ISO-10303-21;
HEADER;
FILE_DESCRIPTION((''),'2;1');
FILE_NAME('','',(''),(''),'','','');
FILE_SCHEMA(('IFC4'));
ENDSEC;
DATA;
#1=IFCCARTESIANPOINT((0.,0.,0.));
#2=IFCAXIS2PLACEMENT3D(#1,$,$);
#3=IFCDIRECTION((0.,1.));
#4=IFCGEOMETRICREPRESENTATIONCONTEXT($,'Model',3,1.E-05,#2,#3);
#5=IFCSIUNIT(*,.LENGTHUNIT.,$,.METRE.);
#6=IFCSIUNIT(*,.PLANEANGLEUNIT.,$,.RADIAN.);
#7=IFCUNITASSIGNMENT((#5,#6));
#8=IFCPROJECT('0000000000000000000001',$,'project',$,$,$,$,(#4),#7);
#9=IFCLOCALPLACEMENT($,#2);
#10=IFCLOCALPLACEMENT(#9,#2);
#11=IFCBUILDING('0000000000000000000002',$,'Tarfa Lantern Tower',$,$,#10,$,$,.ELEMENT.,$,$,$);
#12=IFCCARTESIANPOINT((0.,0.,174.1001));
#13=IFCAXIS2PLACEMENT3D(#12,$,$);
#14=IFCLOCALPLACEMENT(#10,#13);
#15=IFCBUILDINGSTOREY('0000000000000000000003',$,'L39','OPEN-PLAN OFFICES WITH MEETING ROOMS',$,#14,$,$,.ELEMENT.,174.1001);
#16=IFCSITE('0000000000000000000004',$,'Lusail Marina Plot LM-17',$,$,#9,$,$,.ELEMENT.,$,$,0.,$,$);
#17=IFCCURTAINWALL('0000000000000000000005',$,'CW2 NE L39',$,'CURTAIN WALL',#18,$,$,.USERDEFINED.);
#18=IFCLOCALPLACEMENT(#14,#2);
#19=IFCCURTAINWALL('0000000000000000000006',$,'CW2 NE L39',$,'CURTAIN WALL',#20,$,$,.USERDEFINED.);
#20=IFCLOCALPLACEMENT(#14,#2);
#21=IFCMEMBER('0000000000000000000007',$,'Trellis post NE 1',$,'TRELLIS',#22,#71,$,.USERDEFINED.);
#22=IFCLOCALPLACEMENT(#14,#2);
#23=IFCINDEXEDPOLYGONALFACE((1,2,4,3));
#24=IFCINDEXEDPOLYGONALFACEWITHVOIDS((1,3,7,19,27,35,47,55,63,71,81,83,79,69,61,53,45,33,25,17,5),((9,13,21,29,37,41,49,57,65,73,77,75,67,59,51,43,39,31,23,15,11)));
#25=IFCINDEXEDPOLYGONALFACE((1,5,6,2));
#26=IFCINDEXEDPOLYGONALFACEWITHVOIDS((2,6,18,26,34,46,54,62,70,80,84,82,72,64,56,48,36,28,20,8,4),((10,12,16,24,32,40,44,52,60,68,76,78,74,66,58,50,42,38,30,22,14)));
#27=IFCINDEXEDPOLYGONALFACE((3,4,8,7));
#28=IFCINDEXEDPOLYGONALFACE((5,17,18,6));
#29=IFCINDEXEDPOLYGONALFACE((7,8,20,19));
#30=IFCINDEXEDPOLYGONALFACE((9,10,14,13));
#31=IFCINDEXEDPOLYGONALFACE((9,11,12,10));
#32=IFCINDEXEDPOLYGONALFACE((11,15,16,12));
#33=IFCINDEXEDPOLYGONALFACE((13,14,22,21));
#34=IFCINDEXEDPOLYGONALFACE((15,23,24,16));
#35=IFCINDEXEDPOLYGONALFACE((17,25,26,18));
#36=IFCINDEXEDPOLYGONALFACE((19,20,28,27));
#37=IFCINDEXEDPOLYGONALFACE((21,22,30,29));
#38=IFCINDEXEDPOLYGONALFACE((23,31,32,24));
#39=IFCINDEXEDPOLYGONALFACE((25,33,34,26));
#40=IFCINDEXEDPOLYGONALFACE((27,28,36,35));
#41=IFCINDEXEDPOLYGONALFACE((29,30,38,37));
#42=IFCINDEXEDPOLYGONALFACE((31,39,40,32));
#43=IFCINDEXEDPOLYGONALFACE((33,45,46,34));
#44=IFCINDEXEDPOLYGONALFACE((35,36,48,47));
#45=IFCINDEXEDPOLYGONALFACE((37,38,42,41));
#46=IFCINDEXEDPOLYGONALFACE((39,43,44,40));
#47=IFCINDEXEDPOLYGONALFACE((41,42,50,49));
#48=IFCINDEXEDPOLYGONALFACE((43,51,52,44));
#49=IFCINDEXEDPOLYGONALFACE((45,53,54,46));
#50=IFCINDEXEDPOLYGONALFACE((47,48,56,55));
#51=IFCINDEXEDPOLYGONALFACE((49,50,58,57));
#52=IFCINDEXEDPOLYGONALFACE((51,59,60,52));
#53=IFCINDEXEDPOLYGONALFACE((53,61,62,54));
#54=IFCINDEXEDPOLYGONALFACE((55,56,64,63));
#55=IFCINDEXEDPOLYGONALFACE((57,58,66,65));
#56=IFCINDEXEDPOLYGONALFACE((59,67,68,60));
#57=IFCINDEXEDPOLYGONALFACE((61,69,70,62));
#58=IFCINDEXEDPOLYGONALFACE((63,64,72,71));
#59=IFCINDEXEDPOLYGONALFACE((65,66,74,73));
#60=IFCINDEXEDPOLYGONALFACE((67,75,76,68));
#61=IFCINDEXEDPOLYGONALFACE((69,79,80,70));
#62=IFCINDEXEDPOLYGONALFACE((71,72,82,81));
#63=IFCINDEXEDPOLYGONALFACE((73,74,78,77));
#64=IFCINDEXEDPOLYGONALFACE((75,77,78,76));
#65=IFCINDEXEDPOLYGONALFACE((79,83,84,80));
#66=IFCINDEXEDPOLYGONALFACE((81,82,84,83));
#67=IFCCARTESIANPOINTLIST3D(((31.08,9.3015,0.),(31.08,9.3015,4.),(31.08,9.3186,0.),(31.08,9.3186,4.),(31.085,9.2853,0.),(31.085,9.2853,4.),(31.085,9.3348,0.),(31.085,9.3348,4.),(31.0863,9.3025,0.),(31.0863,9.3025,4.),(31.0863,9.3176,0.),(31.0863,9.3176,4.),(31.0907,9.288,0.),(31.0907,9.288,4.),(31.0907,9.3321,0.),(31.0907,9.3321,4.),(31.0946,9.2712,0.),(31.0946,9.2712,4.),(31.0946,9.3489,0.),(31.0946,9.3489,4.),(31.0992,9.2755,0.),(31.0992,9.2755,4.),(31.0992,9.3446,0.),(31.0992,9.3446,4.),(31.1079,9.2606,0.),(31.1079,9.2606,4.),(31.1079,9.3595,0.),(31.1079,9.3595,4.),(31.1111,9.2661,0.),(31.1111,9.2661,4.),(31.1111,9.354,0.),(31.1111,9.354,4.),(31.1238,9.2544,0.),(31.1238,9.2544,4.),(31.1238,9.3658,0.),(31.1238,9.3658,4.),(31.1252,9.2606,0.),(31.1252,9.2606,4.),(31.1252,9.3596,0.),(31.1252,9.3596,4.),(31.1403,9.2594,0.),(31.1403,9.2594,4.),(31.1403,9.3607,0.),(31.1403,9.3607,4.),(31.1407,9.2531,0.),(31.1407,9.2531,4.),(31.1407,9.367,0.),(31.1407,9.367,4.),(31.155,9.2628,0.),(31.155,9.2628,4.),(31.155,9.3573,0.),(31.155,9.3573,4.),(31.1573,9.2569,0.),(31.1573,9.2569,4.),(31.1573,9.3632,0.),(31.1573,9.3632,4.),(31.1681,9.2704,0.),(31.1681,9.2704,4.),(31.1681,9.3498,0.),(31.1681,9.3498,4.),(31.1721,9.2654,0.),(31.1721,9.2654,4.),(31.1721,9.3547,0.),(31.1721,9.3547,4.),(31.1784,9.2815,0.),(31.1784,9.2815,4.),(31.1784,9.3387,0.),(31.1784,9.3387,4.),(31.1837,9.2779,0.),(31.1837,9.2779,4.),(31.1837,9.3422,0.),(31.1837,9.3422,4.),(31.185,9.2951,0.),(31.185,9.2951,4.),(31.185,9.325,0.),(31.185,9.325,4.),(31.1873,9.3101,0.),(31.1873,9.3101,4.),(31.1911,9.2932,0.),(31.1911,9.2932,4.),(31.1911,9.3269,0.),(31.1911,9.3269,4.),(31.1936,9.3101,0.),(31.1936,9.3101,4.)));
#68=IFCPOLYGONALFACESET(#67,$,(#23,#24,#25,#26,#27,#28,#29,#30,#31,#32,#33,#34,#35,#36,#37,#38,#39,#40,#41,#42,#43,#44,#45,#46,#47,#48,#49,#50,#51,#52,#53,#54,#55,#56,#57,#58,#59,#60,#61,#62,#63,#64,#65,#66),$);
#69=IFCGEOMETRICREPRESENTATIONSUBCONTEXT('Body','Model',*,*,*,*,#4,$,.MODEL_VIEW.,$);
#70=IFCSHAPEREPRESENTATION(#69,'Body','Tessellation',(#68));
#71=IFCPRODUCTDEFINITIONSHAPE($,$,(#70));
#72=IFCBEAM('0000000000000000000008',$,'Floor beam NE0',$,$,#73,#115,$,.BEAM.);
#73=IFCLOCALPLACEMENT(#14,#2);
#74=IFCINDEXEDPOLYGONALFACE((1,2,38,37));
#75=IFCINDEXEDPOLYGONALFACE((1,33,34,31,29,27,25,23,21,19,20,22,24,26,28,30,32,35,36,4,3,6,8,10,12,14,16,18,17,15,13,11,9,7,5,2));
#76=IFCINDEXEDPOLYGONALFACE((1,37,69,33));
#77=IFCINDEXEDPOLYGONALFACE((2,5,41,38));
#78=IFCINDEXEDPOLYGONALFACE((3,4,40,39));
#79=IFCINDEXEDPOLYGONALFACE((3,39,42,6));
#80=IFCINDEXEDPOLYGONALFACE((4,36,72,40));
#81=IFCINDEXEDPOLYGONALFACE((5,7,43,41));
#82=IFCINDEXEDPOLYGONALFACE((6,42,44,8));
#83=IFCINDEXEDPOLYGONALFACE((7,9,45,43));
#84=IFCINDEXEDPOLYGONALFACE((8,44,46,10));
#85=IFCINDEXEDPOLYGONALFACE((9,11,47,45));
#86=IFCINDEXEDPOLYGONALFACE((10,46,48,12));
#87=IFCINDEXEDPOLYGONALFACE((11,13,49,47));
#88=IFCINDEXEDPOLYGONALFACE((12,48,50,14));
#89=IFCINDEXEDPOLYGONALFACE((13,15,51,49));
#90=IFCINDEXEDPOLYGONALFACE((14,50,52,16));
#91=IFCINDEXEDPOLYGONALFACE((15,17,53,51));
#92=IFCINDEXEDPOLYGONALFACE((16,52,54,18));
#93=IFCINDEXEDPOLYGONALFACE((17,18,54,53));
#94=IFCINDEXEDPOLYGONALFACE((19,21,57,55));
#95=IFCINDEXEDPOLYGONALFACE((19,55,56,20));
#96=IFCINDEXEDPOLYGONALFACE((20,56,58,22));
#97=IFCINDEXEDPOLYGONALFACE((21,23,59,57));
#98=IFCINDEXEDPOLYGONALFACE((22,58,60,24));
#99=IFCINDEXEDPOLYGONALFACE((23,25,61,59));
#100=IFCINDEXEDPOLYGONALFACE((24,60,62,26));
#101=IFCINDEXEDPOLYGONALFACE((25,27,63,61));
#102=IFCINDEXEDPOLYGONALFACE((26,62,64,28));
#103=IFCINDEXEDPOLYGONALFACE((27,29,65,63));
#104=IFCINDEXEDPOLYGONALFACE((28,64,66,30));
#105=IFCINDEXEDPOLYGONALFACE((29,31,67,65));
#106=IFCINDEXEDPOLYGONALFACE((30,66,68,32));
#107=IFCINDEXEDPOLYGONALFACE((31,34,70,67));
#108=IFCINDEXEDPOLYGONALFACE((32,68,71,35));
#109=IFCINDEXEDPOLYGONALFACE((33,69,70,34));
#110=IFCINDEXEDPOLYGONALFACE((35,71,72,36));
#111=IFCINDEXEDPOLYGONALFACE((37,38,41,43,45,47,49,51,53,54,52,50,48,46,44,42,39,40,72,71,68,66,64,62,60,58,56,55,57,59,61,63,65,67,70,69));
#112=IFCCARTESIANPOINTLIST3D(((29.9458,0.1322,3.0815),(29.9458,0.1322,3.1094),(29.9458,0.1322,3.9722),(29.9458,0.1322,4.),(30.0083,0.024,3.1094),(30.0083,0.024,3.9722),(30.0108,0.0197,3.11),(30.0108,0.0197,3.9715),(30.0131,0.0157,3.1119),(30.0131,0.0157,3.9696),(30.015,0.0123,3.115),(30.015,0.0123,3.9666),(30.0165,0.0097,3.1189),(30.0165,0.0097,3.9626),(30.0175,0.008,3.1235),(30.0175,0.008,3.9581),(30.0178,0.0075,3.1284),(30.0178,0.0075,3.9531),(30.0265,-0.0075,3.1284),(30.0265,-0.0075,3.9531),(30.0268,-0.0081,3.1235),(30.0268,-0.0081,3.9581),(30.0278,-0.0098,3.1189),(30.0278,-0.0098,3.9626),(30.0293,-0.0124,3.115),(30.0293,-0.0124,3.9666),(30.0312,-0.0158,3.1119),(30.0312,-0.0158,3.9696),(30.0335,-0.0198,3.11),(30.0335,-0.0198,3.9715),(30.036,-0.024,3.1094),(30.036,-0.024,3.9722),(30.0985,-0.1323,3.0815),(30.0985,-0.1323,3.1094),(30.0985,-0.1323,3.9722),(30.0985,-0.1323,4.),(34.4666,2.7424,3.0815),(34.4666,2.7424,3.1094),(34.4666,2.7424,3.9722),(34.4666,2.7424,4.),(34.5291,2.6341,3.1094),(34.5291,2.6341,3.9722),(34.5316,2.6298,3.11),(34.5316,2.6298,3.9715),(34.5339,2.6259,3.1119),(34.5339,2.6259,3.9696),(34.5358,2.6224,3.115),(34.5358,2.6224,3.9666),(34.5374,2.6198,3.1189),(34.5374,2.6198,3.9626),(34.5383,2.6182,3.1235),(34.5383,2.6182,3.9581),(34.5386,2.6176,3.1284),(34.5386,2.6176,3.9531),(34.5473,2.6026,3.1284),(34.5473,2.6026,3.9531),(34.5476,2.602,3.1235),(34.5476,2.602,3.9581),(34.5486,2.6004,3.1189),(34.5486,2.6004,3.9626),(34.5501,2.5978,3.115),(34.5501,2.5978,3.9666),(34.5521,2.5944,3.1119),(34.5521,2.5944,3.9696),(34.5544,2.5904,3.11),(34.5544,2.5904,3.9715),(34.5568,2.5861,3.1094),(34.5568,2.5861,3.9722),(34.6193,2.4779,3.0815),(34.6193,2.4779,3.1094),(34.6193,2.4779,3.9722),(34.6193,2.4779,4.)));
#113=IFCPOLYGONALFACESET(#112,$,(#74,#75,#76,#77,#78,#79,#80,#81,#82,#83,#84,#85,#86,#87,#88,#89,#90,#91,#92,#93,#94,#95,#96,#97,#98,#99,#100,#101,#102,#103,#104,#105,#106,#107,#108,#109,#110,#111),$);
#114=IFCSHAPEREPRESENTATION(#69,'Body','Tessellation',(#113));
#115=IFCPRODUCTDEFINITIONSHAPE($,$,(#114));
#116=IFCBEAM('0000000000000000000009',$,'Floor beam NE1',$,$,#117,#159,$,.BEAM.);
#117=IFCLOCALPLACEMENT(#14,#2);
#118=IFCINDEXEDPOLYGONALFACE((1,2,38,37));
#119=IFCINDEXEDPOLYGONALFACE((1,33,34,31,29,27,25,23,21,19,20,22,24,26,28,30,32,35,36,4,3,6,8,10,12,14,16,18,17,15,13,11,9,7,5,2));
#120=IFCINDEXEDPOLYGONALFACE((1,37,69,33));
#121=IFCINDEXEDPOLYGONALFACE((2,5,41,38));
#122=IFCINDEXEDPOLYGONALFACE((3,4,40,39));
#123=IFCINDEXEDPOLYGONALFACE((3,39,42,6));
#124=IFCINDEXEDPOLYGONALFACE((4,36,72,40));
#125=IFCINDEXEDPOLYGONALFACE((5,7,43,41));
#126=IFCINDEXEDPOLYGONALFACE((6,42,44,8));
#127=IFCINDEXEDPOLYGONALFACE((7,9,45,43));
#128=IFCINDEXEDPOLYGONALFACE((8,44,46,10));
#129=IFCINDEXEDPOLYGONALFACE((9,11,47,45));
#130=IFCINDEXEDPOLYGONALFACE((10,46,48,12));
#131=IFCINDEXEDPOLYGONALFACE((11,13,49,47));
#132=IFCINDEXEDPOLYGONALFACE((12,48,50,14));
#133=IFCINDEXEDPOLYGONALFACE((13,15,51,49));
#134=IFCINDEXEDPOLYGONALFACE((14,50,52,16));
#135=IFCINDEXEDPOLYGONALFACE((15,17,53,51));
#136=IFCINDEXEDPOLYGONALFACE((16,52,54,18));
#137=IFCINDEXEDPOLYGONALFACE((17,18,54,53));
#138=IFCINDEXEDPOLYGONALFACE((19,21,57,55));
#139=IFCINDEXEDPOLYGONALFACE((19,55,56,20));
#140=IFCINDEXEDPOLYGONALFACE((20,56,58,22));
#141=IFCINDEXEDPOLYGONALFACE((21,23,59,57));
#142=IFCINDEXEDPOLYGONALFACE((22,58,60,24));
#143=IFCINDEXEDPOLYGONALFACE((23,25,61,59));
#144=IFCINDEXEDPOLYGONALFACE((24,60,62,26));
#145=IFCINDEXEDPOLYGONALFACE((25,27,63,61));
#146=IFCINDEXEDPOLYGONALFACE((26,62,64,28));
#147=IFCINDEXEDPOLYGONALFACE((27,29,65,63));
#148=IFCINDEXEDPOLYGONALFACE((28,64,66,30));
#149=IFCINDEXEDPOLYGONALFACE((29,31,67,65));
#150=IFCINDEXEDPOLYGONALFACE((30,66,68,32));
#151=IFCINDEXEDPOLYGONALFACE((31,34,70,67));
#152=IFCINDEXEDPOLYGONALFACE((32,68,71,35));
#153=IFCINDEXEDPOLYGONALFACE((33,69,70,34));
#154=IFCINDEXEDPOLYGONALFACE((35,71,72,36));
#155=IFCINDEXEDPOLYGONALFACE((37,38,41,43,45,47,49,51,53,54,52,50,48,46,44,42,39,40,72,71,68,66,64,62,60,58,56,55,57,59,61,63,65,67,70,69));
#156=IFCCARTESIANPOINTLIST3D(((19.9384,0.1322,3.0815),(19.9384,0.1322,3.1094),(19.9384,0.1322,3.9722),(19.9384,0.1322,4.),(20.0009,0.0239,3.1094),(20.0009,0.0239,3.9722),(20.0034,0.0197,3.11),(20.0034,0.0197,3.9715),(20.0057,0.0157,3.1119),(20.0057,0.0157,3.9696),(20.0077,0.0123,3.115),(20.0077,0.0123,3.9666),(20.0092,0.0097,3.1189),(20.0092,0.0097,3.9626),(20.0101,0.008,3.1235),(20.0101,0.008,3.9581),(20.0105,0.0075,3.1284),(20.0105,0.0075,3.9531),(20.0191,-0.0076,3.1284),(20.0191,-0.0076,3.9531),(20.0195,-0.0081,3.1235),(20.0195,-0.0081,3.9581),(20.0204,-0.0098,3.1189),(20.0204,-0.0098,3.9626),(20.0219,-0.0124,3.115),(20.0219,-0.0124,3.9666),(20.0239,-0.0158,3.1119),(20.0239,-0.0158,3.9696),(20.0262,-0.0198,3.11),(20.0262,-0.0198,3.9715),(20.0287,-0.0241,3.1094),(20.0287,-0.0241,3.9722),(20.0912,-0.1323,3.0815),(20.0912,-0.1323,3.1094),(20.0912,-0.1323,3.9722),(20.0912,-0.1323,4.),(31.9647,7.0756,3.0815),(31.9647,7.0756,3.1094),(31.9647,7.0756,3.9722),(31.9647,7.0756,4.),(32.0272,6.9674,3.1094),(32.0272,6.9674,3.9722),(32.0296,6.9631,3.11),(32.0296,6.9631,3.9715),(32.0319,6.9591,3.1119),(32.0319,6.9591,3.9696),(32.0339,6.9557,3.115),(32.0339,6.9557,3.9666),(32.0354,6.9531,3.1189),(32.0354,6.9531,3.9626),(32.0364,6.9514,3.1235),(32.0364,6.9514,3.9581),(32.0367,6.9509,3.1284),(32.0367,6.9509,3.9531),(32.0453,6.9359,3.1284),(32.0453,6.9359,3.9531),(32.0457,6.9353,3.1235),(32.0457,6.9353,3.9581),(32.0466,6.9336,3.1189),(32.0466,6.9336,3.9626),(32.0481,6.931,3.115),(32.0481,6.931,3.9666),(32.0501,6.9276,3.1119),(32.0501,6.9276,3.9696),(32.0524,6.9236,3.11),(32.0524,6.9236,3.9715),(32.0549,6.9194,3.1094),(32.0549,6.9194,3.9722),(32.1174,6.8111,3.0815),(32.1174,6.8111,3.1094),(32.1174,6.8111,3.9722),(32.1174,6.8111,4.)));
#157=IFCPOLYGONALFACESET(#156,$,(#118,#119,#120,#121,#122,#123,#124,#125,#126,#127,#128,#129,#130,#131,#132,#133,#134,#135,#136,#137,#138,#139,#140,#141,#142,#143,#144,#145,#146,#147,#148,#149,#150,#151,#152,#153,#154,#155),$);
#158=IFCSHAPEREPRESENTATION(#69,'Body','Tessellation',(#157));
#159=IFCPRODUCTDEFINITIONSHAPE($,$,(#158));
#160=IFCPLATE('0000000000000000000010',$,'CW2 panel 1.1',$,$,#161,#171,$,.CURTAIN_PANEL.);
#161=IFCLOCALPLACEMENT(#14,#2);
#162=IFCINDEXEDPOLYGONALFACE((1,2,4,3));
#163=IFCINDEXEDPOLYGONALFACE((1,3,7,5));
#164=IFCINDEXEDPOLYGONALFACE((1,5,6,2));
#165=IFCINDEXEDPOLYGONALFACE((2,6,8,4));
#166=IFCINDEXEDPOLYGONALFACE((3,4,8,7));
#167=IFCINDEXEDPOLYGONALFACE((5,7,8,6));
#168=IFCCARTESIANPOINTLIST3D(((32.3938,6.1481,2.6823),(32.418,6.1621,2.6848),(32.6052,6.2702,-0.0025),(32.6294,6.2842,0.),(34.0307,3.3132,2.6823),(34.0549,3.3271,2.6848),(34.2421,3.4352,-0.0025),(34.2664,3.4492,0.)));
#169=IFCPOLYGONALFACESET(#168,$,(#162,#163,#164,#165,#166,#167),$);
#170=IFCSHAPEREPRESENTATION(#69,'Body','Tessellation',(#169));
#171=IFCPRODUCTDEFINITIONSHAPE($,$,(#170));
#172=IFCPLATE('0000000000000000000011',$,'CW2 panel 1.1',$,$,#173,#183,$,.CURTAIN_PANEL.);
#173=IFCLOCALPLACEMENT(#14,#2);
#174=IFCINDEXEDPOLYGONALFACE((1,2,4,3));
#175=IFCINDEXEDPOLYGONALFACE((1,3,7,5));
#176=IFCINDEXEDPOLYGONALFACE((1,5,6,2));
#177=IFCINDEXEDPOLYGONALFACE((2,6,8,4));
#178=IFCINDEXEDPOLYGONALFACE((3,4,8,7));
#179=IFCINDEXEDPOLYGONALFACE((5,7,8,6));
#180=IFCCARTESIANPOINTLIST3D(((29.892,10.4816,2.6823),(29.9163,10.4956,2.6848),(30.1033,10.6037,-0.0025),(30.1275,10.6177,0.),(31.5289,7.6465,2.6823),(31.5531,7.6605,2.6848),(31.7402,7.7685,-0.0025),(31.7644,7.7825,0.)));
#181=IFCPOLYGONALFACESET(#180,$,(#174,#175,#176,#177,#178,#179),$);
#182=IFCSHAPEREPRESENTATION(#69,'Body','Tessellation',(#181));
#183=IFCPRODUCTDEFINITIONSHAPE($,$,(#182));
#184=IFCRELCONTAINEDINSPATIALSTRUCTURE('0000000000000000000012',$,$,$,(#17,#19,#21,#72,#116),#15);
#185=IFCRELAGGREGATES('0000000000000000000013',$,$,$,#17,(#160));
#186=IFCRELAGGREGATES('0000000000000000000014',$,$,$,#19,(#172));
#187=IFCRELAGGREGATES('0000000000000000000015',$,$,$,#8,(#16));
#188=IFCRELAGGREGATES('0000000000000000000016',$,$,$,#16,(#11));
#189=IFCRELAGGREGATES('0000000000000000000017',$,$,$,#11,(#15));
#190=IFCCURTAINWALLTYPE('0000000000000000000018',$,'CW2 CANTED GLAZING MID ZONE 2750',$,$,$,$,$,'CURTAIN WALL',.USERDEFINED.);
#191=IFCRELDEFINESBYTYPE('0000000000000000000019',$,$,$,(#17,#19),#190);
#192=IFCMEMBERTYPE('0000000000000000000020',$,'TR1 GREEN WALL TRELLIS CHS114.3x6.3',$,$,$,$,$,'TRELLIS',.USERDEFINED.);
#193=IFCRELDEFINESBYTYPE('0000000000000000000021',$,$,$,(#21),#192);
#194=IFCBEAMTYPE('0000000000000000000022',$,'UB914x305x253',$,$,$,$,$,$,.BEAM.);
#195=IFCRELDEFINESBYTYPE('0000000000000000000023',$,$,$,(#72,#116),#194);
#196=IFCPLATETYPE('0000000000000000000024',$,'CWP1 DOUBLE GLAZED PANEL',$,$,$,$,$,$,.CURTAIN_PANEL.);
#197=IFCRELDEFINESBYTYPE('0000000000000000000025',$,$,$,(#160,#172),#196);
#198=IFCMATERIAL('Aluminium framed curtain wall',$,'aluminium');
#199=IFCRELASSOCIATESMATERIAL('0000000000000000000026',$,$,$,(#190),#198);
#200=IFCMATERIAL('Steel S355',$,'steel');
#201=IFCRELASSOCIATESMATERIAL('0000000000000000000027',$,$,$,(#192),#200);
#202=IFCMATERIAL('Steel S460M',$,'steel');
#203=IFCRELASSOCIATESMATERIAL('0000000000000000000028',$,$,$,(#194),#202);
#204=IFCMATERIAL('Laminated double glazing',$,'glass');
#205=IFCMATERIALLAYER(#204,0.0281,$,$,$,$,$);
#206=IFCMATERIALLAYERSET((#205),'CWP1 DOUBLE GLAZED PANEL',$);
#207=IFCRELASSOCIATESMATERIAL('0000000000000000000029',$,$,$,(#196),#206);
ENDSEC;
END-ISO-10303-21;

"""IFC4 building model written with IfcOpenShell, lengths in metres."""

from ifc_helpers import new_model, si_unit, direction, frame, origin, origin_2d, place, context, subcontext, project, spatial, polyline, hollow_circle, i_section, outline, extrude, material, layer, layer_set, material_profile, profile_set, type_object, element, aggregate, save


model = new_model("IFC4")

# Units and contexts
model_context = context("Model", 3, precision=1e-05, world=origin(), true_north=direction((0.0, 1.0)))
body_context = subcontext(model_context, "Body", "Model", "MODEL_VIEW")
ifc_project = project(units=[si_unit("LENGTHUNIT", "METRE"), si_unit("PLANEANGLEUNIT", "RADIAN")], contexts=[model_context])

# Site, building, storey
site_placement = place(None, origin())
site = spatial("IfcSite", under=ifc_project, at=site_placement, Name="Lusail Marina Plot LM-17", CompositionType="ELEMENT", RefElevation=0.0)
building_placement = place(site_placement, origin())
building = spatial("IfcBuilding", under=site, at=building_placement, Name="Tarfa Lantern Tower", CompositionType="ELEMENT")
storey_placement = place(building_placement, frame((0.0, 0.0, 174.1001)))
storey = spatial("IfcBuildingStorey", under=building, at=storey_placement, Name="L39", Description="OPEN-PLAN OFFICES WITH MEETING ROOMS", CompositionType="ELEMENT", Elevation=174.1001)

# Curtain walls
ifc_material_1 = material(Name="Aluminium framed curtain wall", Category="aluminium")
curtain_wall_type_1 = type_object("IfcCurtainWallType", Name="CW2 CANTED GLAZING MID ZONE 2750", ElementType="CURTAIN WALL", PredefinedType="USERDEFINED", material=ifc_material_1)
curtain_wall_1_placement = place(storey_placement, origin())
curtain_wall_1 = element("IfcCurtainWall", 1, at=curtain_wall_1_placement, inside=storey, type_object=curtain_wall_type_1, Name="CW2 NE L39", ObjectType="CURTAIN WALL", PredefinedType="USERDEFINED")
curtain_wall_2_placement = place(storey_placement, origin())
curtain_wall_2 = element("IfcCurtainWall", 2, at=curtain_wall_2_placement, inside=storey, type_object=curtain_wall_type_1, Name="CW2 NE L39", ObjectType="CURTAIN WALL", PredefinedType="USERDEFINED")

# Member
ifc_material_2 = material(Name="Steel S355", Category="steel")
ifc_material_profile_1 = material_profile(ifc_material_2, hollow_circle(Radius=0.0571, WallThickness=0.0063, at=origin_2d()), Name="CHS114.3x6.3")
ifc_profile_set_1 = profile_set([ifc_material_profile_1], Name="Steel S355")
member_type_1 = type_object("IfcMemberType", Name="TR1 GREEN WALL TRELLIS CHS114.3x6.3", ElementType="TRELLIS", PredefinedType="USERDEFINED", material=ifc_profile_set_1)
member_1_placement = place(storey_placement, frame((31.1365, 9.3101, 0.0), z_axis=(0.0, 0.0, 1.0), x_axis=(1.0, 0.0, 0.0)))
element("IfcMember", 3, at=member_1_placement, inside=storey, type_object=member_type_1, Name="Trellis post NE 1", ObjectType="TRELLIS", PredefinedType="USERDEFINED", context=body_context, shape_type="SweptSolid", body=[
    extrude(hollow_circle(Radius=0.0571, WallThickness=0.0063, at=origin_2d()), origin(), (0.0, 0.0, 1.0), 4.0),
])

# Beams
ifc_material_3 = material(Name="Steel S460M", Category="steel")
ifc_material_profile_2 = material_profile(ifc_material_3, i_section(OverallWidth=0.3054, OverallDepth=0.9185, WebThickness=0.0173, FlangeThickness=0.0278, FilletRadius=0.019, at=origin_2d()), Name="UB914x305x253")
ifc_profile_set_2 = profile_set([ifc_material_profile_2], Name="Steel S460M")
beam_type_1 = type_object("IfcBeamType", Name="UB914x305x253", PredefinedType="BEAM", material=ifc_profile_set_2)
beam_1_placement = place(storey_placement, frame((34.543, 2.6101, 3.5408), z_axis=(-0.866021, -0.500007, 0.0), x_axis=(0.500007, -0.866021, 0.0)))
element("IfcBeam", 4, at=beam_1_placement, inside=storey, type_object=beam_type_1, Name="Floor beam NE0", PredefinedType="BEAM", context=body_context, shape_type="SweptSolid", body=[
    extrude(i_section(OverallWidth=0.3054, OverallDepth=0.9185, WebThickness=0.0173, FlangeThickness=0.0278, FilletRadius=0.019, at=origin_2d()), origin(), (0.0, 0.0, 1.0), 5.2202),
])
beam_2_placement = place(storey_placement, frame((32.041, 6.9434, 3.5408), z_axis=(-0.866023, -0.500004, 0.0), x_axis=(0.500004, -0.866023, 0.0)))
element("IfcBeam", 5, at=beam_2_placement, inside=storey, type_object=beam_type_1, Name="Floor beam NE1", PredefinedType="BEAM", context=body_context, shape_type="SweptSolid", body=[
    extrude(i_section(OverallWidth=0.3054, OverallDepth=0.9185, WebThickness=0.0173, FlangeThickness=0.0278, FilletRadius=0.019, at=origin_2d()), origin(), (0.0, 0.0, 1.0), 13.8867),
])

# Plates
ifc_material_4 = material(Name="Laminated double glazing", Category="glass")
ifc_layer_1 = layer(ifc_material_4, 0.0281)
ifc_layer_set_1 = layer_set([ifc_layer_1], Name="CWP1 DOUBLE GLAZED PANEL")
plate_type = type_object("IfcPlateType", Name="CWP1 DOUBLE GLAZED PANEL", PredefinedType="CURTAIN_PANEL", material=ifc_layer_set_1)
plate_1_placement = place(storey_placement, frame((34.2664, 3.4492, 0.0), z_axis=(0.862441, 0.497991, 0.090558), x_axis=(-0.500045, 0.865999, 0.0)))
plate_1 = element("IfcPlate", 6, at=plate_1_placement, type_object=plate_type, Name="CW2 panel 1.1", PredefinedType="CURTAIN_PANEL", context=body_context, shape_type="SweptSolid", body=[
    extrude(outline(polyline([(0.0, 0.0), (3.2736, 0.0), (3.2736, 2.6959), (0.0, 2.6959), (0.0, 0.0)])), origin(), (0.0, 0.0, -1.0), 0.0281),
])
aggregate(curtain_wall_1, [plate_1])
plate_2_placement = place(storey_placement, frame((31.7644, 7.7825, 0.0), z_axis=(0.862479, 0.497932, 0.090519), x_axis=(-0.499985, 0.866034, 0.000003)))
plate_2 = element("IfcPlate", 7, at=plate_2_placement, type_object=plate_type, Name="CW2 panel 1.1", PredefinedType="CURTAIN_PANEL", context=body_context, shape_type="SweptSolid", body=[
    extrude(outline(polyline([(0.0, 0.0), (3.2738, 0.0), (3.2737, 2.6959), (0.0, 2.6959), (0.0, 0.0)])), origin(), (0.0, 0.0, -1.0), 0.0281),
])
aggregate(curtain_wall_2, [plate_2])

save(model, "model.ifc")
